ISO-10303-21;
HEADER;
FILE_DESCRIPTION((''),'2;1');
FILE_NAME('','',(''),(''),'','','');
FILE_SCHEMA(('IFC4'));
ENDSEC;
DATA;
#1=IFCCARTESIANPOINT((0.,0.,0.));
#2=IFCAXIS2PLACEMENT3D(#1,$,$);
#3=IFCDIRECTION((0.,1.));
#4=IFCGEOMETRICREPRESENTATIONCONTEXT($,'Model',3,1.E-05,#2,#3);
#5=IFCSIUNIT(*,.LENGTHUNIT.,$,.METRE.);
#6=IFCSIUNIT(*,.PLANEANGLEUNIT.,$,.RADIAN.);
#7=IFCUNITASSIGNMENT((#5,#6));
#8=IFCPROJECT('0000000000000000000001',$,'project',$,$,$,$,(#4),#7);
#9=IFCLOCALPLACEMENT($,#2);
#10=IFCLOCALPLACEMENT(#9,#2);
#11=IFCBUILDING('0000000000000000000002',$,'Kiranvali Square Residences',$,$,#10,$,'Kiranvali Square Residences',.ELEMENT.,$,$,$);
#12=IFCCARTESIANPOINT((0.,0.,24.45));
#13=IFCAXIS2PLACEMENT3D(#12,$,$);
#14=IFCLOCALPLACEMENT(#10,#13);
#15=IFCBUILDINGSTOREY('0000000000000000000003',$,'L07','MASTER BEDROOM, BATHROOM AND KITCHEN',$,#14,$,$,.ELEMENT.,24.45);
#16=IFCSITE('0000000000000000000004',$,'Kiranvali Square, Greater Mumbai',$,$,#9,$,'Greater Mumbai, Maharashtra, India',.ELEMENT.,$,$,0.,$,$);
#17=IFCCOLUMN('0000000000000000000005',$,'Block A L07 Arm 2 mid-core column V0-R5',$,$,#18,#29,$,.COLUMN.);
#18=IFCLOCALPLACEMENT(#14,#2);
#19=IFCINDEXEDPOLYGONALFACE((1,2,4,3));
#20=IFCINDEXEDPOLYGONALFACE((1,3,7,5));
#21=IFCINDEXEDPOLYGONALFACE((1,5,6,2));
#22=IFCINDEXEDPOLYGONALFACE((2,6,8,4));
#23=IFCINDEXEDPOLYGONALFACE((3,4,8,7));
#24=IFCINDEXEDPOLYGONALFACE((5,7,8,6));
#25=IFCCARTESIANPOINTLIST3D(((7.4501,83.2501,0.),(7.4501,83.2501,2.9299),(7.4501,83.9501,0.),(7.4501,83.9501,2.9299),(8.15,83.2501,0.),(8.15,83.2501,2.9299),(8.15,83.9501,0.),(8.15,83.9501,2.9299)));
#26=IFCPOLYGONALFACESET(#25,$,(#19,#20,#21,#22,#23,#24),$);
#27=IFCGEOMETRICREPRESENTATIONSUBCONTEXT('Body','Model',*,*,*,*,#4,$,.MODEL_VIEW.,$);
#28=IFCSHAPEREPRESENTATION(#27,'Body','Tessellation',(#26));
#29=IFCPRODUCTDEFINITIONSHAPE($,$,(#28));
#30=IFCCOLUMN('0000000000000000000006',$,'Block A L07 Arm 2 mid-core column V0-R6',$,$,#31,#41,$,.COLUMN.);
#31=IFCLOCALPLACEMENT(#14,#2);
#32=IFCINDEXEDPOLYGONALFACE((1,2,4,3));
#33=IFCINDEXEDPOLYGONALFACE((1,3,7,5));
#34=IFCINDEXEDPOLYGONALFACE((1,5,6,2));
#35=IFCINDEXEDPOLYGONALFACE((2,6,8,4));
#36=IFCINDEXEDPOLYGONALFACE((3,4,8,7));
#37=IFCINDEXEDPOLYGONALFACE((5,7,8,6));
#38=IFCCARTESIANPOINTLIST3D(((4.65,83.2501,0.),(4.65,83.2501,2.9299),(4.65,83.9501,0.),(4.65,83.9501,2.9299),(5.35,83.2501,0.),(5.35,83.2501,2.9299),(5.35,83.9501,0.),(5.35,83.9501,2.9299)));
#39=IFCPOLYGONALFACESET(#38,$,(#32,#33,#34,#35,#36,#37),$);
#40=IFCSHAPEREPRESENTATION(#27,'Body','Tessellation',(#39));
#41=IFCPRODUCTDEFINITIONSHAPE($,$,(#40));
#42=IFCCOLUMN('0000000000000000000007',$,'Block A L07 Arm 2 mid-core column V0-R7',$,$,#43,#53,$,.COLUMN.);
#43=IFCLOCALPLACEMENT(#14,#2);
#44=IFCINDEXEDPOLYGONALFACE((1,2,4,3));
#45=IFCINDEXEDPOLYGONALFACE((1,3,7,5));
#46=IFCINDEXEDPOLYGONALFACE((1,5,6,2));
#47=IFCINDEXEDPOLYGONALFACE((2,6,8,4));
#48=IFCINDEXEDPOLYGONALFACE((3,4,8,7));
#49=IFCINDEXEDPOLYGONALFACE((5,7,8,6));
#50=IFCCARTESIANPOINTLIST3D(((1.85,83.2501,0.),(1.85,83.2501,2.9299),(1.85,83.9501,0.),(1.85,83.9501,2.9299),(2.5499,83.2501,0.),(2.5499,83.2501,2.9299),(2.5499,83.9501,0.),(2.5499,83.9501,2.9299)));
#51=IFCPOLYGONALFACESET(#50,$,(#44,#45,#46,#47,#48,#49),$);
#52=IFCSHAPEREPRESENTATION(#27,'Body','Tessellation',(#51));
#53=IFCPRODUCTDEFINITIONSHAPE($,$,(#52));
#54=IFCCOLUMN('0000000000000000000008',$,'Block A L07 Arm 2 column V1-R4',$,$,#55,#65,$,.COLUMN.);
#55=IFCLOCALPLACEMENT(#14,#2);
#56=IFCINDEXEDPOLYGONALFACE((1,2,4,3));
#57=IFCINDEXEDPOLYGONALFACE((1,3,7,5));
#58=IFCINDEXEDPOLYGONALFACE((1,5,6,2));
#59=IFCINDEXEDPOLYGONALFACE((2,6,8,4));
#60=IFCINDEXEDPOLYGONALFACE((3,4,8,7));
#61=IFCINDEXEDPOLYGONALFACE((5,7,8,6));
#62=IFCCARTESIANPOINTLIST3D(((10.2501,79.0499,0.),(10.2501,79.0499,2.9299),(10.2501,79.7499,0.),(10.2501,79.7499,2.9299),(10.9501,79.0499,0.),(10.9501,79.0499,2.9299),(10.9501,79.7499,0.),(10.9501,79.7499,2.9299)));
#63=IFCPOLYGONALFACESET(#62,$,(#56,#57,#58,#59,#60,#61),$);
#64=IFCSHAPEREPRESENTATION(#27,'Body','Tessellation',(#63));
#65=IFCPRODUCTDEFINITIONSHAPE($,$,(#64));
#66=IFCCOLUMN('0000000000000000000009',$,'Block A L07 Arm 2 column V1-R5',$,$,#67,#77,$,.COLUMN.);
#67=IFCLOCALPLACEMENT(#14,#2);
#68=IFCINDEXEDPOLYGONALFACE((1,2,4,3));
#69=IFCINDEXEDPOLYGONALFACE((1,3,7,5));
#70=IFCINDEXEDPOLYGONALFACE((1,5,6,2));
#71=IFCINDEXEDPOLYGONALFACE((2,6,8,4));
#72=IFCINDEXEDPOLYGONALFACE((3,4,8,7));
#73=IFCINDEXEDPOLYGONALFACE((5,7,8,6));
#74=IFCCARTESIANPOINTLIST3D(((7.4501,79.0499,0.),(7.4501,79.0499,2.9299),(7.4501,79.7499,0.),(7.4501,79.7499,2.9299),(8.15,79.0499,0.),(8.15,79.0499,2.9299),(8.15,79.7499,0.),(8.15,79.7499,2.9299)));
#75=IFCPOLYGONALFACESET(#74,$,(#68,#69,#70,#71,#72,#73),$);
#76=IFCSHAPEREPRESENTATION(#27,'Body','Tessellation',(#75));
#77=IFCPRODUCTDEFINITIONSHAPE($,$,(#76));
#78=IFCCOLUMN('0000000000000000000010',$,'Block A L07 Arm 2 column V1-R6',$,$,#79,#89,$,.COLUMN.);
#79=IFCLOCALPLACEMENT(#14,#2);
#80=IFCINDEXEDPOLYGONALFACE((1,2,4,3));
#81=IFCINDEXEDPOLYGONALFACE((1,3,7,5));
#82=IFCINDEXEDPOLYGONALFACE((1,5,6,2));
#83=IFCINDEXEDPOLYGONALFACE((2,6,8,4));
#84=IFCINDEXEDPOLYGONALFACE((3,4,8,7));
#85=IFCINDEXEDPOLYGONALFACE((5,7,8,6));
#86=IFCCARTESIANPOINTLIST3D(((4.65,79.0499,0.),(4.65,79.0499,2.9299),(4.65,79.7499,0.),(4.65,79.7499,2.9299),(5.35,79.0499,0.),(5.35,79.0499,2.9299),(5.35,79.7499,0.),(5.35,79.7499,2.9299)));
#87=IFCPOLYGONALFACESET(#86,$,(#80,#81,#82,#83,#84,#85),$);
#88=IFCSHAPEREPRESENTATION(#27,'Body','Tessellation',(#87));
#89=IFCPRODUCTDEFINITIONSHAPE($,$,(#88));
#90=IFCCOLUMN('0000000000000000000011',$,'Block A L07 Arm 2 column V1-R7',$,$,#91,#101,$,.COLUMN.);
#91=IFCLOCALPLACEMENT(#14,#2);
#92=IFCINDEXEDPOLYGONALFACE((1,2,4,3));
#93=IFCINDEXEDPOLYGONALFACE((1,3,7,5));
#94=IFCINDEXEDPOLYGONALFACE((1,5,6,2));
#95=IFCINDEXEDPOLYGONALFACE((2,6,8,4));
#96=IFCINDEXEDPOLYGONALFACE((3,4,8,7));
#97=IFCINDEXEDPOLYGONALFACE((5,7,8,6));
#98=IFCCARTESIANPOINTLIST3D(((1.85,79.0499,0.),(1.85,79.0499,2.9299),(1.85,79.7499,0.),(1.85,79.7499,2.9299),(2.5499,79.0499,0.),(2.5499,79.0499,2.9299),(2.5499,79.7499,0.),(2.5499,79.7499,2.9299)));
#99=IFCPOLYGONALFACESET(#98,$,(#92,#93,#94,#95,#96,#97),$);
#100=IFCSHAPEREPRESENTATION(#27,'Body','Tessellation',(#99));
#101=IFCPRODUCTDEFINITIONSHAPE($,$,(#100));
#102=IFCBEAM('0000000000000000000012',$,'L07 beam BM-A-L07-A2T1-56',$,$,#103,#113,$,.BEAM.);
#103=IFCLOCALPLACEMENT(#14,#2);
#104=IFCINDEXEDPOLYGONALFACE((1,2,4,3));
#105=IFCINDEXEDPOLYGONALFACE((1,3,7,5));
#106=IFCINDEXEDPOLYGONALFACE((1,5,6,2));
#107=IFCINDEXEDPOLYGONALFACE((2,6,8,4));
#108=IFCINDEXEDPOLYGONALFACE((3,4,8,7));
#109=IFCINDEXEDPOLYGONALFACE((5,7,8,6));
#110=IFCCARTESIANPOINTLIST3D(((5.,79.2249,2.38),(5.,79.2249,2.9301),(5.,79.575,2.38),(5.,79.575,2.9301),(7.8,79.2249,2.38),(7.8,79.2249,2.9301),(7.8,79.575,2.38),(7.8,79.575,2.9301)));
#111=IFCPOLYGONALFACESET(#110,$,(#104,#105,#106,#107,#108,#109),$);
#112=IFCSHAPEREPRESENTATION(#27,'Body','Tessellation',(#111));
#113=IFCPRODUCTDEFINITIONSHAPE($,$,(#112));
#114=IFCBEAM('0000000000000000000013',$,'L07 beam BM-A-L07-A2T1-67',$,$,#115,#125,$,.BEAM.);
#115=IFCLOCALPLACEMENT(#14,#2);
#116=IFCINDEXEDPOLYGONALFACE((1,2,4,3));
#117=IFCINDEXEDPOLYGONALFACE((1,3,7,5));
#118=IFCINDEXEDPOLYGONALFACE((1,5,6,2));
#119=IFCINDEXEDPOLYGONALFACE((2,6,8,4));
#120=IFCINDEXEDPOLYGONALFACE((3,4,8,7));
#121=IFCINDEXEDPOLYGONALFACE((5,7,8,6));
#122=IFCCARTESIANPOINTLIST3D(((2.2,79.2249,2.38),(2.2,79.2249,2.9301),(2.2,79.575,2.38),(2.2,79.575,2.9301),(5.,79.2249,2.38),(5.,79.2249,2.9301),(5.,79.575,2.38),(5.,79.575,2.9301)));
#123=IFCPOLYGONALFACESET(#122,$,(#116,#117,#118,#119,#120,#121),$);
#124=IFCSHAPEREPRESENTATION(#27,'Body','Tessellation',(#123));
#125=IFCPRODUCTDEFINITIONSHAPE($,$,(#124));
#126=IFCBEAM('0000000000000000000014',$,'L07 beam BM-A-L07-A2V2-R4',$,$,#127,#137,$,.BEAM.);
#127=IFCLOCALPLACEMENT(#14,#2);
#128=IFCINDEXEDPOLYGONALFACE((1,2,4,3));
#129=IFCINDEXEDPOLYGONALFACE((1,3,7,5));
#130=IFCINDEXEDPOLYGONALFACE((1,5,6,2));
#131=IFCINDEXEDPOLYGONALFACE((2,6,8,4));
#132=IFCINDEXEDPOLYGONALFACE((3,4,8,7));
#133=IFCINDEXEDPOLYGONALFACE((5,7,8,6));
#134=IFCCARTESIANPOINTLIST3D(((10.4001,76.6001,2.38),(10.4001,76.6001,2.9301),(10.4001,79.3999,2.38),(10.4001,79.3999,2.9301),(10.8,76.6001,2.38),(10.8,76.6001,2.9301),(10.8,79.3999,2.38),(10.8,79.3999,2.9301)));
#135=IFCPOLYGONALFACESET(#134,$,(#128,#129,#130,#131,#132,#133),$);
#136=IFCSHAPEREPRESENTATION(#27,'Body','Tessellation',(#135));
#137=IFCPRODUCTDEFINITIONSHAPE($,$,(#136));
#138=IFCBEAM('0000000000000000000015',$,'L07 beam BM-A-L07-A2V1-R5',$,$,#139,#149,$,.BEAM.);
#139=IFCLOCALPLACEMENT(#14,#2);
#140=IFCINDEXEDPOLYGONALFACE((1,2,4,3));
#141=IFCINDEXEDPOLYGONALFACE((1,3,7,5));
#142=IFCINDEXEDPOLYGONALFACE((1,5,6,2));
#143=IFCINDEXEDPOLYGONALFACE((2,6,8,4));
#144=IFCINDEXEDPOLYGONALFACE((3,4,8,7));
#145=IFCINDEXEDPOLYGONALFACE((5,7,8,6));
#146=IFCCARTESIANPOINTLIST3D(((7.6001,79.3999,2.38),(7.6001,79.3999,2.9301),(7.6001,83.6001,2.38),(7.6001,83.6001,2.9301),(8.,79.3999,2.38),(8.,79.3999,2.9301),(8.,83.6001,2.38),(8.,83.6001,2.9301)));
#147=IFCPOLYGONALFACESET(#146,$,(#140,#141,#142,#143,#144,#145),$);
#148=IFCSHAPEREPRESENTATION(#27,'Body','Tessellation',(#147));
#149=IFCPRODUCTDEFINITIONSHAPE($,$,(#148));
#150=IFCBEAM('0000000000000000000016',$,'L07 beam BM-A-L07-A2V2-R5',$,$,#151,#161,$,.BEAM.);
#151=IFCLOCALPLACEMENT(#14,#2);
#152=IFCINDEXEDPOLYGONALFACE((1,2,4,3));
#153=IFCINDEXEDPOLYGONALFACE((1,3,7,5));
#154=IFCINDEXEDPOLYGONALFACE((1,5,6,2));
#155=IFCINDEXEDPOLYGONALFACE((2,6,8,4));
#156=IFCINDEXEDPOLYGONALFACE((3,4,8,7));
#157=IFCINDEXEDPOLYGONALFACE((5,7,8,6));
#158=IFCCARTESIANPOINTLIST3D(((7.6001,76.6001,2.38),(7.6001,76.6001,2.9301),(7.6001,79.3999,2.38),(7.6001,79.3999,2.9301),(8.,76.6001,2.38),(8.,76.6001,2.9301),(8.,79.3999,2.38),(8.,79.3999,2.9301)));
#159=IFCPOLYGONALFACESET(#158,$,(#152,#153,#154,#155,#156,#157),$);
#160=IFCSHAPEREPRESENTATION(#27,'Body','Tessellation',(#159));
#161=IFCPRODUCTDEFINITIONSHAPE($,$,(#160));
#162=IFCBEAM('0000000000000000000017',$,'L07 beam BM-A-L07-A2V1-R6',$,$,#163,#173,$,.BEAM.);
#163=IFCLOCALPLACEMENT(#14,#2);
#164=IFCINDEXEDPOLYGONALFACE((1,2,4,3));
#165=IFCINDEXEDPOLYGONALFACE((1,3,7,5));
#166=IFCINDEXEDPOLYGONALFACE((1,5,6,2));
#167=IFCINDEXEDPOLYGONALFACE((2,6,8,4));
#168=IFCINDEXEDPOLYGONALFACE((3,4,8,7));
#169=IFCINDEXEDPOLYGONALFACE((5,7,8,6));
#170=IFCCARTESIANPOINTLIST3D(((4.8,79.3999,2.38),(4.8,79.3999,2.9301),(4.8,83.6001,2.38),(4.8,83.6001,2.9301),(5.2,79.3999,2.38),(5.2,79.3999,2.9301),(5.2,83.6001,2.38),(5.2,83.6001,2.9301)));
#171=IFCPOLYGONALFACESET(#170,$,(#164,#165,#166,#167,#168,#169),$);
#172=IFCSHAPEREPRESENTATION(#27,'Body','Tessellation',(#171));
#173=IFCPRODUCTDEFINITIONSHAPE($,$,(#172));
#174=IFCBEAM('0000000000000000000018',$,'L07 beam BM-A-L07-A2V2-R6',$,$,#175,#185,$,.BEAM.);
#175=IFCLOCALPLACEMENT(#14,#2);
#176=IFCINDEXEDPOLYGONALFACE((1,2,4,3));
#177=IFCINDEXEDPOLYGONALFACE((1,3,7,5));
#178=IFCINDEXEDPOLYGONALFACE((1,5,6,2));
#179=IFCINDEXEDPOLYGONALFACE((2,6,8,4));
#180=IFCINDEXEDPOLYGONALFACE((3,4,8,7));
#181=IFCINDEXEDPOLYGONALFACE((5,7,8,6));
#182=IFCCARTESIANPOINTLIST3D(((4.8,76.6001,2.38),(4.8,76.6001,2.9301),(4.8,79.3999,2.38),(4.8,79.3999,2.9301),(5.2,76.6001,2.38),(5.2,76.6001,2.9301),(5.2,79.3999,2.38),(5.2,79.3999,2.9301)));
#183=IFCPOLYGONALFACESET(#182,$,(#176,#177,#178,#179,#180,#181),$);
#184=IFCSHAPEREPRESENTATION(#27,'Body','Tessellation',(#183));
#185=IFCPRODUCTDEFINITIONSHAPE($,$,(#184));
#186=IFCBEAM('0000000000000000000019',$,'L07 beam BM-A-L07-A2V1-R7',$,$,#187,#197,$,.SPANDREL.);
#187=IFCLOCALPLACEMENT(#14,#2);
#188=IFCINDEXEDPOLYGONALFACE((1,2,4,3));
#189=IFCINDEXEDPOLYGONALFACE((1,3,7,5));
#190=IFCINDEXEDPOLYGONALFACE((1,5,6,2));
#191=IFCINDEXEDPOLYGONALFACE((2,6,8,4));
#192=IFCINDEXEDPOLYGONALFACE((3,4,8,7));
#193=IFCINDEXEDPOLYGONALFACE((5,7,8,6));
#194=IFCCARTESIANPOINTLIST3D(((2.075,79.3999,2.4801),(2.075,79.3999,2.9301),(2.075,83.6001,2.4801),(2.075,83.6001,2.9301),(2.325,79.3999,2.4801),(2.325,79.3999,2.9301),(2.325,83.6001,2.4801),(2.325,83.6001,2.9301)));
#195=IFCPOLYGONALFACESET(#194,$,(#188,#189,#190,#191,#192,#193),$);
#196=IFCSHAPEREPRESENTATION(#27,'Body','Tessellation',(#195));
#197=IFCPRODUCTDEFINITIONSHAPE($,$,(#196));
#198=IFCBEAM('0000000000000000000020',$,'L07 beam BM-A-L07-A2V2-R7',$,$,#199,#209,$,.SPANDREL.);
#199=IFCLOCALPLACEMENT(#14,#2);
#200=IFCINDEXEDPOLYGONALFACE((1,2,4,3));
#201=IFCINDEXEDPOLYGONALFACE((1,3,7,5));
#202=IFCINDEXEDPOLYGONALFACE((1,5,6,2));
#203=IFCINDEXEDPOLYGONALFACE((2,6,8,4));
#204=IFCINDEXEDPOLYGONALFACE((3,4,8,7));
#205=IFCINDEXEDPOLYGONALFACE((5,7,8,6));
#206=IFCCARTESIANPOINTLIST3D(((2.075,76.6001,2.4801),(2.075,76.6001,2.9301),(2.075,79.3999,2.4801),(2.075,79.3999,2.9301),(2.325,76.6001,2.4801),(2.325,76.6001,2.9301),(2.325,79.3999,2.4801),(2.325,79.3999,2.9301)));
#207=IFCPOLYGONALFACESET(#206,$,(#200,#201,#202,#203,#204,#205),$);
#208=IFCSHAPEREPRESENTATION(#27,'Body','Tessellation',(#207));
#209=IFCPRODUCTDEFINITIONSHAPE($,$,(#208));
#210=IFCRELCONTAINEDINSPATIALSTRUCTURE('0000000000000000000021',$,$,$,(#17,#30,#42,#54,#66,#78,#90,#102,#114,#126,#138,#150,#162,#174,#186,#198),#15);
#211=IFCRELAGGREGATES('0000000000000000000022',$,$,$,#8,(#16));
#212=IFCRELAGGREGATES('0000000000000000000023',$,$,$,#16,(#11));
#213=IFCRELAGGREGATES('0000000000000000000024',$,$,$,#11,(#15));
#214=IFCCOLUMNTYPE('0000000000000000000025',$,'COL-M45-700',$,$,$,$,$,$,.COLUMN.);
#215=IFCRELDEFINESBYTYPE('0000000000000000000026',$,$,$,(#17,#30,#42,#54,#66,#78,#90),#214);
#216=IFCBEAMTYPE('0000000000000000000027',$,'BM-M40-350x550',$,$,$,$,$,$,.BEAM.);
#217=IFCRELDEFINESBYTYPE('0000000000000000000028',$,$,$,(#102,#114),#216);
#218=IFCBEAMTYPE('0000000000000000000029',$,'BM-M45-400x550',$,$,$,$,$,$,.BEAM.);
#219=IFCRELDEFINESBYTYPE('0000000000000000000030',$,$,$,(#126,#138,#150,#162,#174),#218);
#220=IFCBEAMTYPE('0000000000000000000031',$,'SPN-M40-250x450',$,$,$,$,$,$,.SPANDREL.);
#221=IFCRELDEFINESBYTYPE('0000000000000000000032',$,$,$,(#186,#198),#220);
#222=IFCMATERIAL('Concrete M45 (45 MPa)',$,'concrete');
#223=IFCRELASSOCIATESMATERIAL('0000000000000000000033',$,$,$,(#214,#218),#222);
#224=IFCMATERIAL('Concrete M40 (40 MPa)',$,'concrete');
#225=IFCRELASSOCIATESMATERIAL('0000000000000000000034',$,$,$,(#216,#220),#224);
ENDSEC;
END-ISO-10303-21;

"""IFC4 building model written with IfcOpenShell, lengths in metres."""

from ifc_helpers import new_model, si_unit, direction, frame, origin, origin_2d, place, context, subcontext, project, spatial, rectangle, extrude, material, material_profile, profile_set, type_object, element, save


model = new_model("IFC4")

# Units and contexts
model_context = context("Model", 3, precision=1e-05, world=origin(), true_north=direction((0.0, 1.0)))
body_context = subcontext(model_context, "Body", "Model", "MODEL_VIEW")
ifc_project = project(units=[si_unit("LENGTHUNIT", "METRE"), si_unit("PLANEANGLEUNIT", "RADIAN")], contexts=[model_context])

# Site, building, storey
site_placement = place(None, origin())
site = spatial("IfcSite", under=ifc_project, at=site_placement, Name="Kiranvali Square, Greater Mumbai", LongName="Greater Mumbai, Maharashtra, India", CompositionType="ELEMENT", RefElevation=0.0)
building_placement = place(site_placement, origin())
building = spatial("IfcBuilding", under=site, at=building_placement, Name="Kiranvali Square Residences", LongName="Kiranvali Square Residences", CompositionType="ELEMENT")
storey_placement = place(building_placement, frame((0.0, 0.0, 24.45)))
storey = spatial("IfcBuildingStorey", under=building, at=storey_placement, Name="L07", Description="MASTER BEDROOM, BATHROOM AND KITCHEN", CompositionType="ELEMENT", Elevation=24.45)

# Columns
ifc_material_1 = material(Name="Concrete M45 (45 MPa)", Category="concrete")
ifc_material_profile_1 = material_profile(ifc_material_1, rectangle(XDim=0.7, YDim=0.7, at=origin_2d()), Name="RC 700x700")
ifc_profile_set_1 = profile_set([ifc_material_profile_1], Name="Concrete M45 (45 MPa)")
column_type = type_object("IfcColumnType", Name="COL-M45-700", PredefinedType="COLUMN", material=ifc_profile_set_1)
for number, where, z_axis, x_axis, name in (
    (1, (7.8, 83.6001, 0.0), (0.0, 0.0, 1.0), (1.0, 0.0, 0.0), "Block A L07 Arm 2 mid-core column V0-R5"),
    (2, (5.0, 83.6001, 0.0), (0.0, 0.0, 1.0), (1.0, 0.0, 0.0), "Block A L07 Arm 2 mid-core column V0-R6"),
    (3, (2.2, 83.6001, 0.0), (0.0, 0.0, 1.0), (1.0, 0.0, 0.0), "Block A L07 Arm 2 mid-core column V0-R7"),
    (4, (10.6001, 79.3999, 0.0), (0.0, 0.0, 1.0), (1.0, 0.0, 0.0), "Block A L07 Arm 2 column V1-R4"),
    (5, (7.8, 79.3999, 0.0), (0.0, 0.0, 1.0), (1.0, 0.0, 0.0), "Block A L07 Arm 2 column V1-R5"),
    (6, (5.0, 79.3999, 0.0), (0.0, 0.0, 1.0), (1.0, 0.0, 0.0), "Block A L07 Arm 2 column V1-R6"),
    (7, (2.2, 79.3999, 0.0), (0.0, 0.0, 1.0), (1.0, 0.0, 0.0), "Block A L07 Arm 2 column V1-R7"),
):
    element("IfcColumn", number, at=place(storey_placement, frame(where, z_axis=z_axis, x_axis=x_axis)), inside=storey, type_object=column_type, Name=name, PredefinedType="COLUMN", context=body_context, shape_type="SweptSolid", body=[
        extrude(rectangle(XDim=0.7, YDim=0.7, at=origin_2d()), origin(), (0.0, 0.0, 1.0), 2.9299),
    ])

# Beams
ifc_material_2 = material(Name="Concrete M40 (40 MPa)", Category="concrete")
ifc_material_profile_2 = material_profile(ifc_material_2, rectangle(XDim=0.3501, YDim=0.55, at=origin_2d()), Name="RC 350x550")
ifc_profile_set_2 = profile_set([ifc_material_profile_2], Name="Concrete M40 (40 MPa)")
beam_type_1 = type_object("IfcBeamType", Name="BM-M40-350x550", PredefinedType="BEAM", material=ifc_profile_set_2)
for number, where, z_axis, x_axis, name in (
    (8, (7.8, 79.3999, 2.655), (-1.0, 0.0, 0.0), (0.0, -1.0, 0.0), "L07 beam BM-A-L07-A2T1-56"),
    (9, (5.0, 79.3999, 2.655), (-1.0, 0.0, 0.0), (0.0, -1.0, 0.0), "L07 beam BM-A-L07-A2T1-67"),
):
    element("IfcBeam", number, at=place(storey_placement, frame(where, z_axis=z_axis, x_axis=x_axis)), inside=storey, type_object=beam_type_1, Name=name, PredefinedType="BEAM", context=body_context, shape_type="SweptSolid", body=[
        extrude(rectangle(XDim=0.3501, YDim=0.55, at=origin_2d()), origin(), (0.0, 0.0, 1.0), 2.8),
    ])
ifc_material_profile_3 = material_profile(ifc_material_1, rectangle(XDim=0.3999, YDim=0.55, at=origin_2d()), Name="RC 400x550")
ifc_profile_set_3 = profile_set([ifc_material_profile_3], Name="Concrete M45 (45 MPa)")
beam_type_2 = type_object("IfcBeamType", Name="BM-M45-400x550", PredefinedType="BEAM", material=ifc_profile_set_3)
beam_1_placement = place(storey_placement, frame((10.6001, 79.3999, 2.655), z_axis=(0.0, -1.0, 0.0), x_axis=(1.0, 0.0, 0.0)))
element("IfcBeam", 10, at=beam_1_placement, inside=storey, type_object=beam_type_2, Name="L07 beam BM-A-L07-A2V2-R4", PredefinedType="BEAM", context=body_context, shape_type="SweptSolid", body=[
    extrude(rectangle(XDim=0.3999, YDim=0.55, at=origin_2d()), origin(), (0.0, 0.0, 1.0), 2.7998),
])
beam_2_placement = place(storey_placement, frame((7.8, 83.6001, 2.655), z_axis=(0.0, -1.0, 0.0), x_axis=(1.0, 0.0, 0.0)))
element("IfcBeam", 11, at=beam_2_placement, inside=storey, type_object=beam_type_2, Name="L07 beam BM-A-L07-A2V1-R5", PredefinedType="BEAM", context=body_context, shape_type="SweptSolid", body=[
    extrude(rectangle(XDim=0.3999, YDim=0.55, at=origin_2d()), origin(), (0.0, 0.0, 1.0), 4.2002),
])
beam_3_placement = place(storey_placement, frame((7.8, 79.3999, 2.655), z_axis=(0.0, -1.0, 0.0), x_axis=(1.0, 0.0, 0.0)))
element("IfcBeam", 12, at=beam_3_placement, inside=storey, type_object=beam_type_2, Name="L07 beam BM-A-L07-A2V2-R5", PredefinedType="BEAM", context=body_context, shape_type="SweptSolid", body=[
    extrude(rectangle(XDim=0.3999, YDim=0.55, at=origin_2d()), origin(), (0.0, 0.0, 1.0), 2.7998),
])
beam_4_placement = place(storey_placement, frame((5.0, 83.6001, 2.655), z_axis=(0.0, -1.0, 0.0), x_axis=(1.0, 0.0, 0.0)))
element("IfcBeam", 13, at=beam_4_placement, inside=storey, type_object=beam_type_2, Name="L07 beam BM-A-L07-A2V1-R6", PredefinedType="BEAM", context=body_context, shape_type="SweptSolid", body=[
    extrude(rectangle(XDim=0.3999, YDim=0.55, at=origin_2d()), origin(), (0.0, 0.0, 1.0), 4.2002),
])
beam_5_placement = place(storey_placement, frame((5.0, 79.3999, 2.655), z_axis=(0.0, -1.0, 0.0), x_axis=(1.0, 0.0, 0.0)))
element("IfcBeam", 14, at=beam_5_placement, inside=storey, type_object=beam_type_2, Name="L07 beam BM-A-L07-A2V2-R6", PredefinedType="BEAM", context=body_context, shape_type="SweptSolid", body=[
    extrude(rectangle(XDim=0.3999, YDim=0.55, at=origin_2d()), origin(), (0.0, 0.0, 1.0), 2.7998),
])
ifc_material_profile_4 = material_profile(ifc_material_2, rectangle(XDim=0.25, YDim=0.45, at=origin_2d()), Name="RC 250x450")
ifc_profile_set_4 = profile_set([ifc_material_profile_4], Name="Concrete M40 (40 MPa)")
beam_type_3 = type_object("IfcBeamType", Name="SPN-M40-250x450", PredefinedType="SPANDREL", material=ifc_profile_set_4)
beam_6_placement = place(storey_placement, frame((2.2, 83.6001, 2.7051), z_axis=(0.0, -1.0, 0.0), x_axis=(1.0, 0.0, 0.0)))
element("IfcBeam", 15, at=beam_6_placement, inside=storey, type_object=beam_type_3, Name="L07 beam BM-A-L07-A2V1-R7", PredefinedType="SPANDREL", context=body_context, shape_type="SweptSolid", body=[
    extrude(rectangle(XDim=0.25, YDim=0.45, at=origin_2d()), origin(), (0.0, 0.0, 1.0), 4.2002),
])
beam_7_placement = place(storey_placement, frame((2.2, 79.3999, 2.7051), z_axis=(0.0, -1.0, 0.0), x_axis=(1.0, 0.0, 0.0)))
element("IfcBeam", 16, at=beam_7_placement, inside=storey, type_object=beam_type_3, Name="L07 beam BM-A-L07-A2V2-R7", PredefinedType="SPANDREL", context=body_context, shape_type="SweptSolid", body=[
    extrude(rectangle(XDim=0.25, YDim=0.45, at=origin_2d()), origin(), (0.0, 0.0, 1.0), 2.7998),
])

save(model, "model.ifc")
